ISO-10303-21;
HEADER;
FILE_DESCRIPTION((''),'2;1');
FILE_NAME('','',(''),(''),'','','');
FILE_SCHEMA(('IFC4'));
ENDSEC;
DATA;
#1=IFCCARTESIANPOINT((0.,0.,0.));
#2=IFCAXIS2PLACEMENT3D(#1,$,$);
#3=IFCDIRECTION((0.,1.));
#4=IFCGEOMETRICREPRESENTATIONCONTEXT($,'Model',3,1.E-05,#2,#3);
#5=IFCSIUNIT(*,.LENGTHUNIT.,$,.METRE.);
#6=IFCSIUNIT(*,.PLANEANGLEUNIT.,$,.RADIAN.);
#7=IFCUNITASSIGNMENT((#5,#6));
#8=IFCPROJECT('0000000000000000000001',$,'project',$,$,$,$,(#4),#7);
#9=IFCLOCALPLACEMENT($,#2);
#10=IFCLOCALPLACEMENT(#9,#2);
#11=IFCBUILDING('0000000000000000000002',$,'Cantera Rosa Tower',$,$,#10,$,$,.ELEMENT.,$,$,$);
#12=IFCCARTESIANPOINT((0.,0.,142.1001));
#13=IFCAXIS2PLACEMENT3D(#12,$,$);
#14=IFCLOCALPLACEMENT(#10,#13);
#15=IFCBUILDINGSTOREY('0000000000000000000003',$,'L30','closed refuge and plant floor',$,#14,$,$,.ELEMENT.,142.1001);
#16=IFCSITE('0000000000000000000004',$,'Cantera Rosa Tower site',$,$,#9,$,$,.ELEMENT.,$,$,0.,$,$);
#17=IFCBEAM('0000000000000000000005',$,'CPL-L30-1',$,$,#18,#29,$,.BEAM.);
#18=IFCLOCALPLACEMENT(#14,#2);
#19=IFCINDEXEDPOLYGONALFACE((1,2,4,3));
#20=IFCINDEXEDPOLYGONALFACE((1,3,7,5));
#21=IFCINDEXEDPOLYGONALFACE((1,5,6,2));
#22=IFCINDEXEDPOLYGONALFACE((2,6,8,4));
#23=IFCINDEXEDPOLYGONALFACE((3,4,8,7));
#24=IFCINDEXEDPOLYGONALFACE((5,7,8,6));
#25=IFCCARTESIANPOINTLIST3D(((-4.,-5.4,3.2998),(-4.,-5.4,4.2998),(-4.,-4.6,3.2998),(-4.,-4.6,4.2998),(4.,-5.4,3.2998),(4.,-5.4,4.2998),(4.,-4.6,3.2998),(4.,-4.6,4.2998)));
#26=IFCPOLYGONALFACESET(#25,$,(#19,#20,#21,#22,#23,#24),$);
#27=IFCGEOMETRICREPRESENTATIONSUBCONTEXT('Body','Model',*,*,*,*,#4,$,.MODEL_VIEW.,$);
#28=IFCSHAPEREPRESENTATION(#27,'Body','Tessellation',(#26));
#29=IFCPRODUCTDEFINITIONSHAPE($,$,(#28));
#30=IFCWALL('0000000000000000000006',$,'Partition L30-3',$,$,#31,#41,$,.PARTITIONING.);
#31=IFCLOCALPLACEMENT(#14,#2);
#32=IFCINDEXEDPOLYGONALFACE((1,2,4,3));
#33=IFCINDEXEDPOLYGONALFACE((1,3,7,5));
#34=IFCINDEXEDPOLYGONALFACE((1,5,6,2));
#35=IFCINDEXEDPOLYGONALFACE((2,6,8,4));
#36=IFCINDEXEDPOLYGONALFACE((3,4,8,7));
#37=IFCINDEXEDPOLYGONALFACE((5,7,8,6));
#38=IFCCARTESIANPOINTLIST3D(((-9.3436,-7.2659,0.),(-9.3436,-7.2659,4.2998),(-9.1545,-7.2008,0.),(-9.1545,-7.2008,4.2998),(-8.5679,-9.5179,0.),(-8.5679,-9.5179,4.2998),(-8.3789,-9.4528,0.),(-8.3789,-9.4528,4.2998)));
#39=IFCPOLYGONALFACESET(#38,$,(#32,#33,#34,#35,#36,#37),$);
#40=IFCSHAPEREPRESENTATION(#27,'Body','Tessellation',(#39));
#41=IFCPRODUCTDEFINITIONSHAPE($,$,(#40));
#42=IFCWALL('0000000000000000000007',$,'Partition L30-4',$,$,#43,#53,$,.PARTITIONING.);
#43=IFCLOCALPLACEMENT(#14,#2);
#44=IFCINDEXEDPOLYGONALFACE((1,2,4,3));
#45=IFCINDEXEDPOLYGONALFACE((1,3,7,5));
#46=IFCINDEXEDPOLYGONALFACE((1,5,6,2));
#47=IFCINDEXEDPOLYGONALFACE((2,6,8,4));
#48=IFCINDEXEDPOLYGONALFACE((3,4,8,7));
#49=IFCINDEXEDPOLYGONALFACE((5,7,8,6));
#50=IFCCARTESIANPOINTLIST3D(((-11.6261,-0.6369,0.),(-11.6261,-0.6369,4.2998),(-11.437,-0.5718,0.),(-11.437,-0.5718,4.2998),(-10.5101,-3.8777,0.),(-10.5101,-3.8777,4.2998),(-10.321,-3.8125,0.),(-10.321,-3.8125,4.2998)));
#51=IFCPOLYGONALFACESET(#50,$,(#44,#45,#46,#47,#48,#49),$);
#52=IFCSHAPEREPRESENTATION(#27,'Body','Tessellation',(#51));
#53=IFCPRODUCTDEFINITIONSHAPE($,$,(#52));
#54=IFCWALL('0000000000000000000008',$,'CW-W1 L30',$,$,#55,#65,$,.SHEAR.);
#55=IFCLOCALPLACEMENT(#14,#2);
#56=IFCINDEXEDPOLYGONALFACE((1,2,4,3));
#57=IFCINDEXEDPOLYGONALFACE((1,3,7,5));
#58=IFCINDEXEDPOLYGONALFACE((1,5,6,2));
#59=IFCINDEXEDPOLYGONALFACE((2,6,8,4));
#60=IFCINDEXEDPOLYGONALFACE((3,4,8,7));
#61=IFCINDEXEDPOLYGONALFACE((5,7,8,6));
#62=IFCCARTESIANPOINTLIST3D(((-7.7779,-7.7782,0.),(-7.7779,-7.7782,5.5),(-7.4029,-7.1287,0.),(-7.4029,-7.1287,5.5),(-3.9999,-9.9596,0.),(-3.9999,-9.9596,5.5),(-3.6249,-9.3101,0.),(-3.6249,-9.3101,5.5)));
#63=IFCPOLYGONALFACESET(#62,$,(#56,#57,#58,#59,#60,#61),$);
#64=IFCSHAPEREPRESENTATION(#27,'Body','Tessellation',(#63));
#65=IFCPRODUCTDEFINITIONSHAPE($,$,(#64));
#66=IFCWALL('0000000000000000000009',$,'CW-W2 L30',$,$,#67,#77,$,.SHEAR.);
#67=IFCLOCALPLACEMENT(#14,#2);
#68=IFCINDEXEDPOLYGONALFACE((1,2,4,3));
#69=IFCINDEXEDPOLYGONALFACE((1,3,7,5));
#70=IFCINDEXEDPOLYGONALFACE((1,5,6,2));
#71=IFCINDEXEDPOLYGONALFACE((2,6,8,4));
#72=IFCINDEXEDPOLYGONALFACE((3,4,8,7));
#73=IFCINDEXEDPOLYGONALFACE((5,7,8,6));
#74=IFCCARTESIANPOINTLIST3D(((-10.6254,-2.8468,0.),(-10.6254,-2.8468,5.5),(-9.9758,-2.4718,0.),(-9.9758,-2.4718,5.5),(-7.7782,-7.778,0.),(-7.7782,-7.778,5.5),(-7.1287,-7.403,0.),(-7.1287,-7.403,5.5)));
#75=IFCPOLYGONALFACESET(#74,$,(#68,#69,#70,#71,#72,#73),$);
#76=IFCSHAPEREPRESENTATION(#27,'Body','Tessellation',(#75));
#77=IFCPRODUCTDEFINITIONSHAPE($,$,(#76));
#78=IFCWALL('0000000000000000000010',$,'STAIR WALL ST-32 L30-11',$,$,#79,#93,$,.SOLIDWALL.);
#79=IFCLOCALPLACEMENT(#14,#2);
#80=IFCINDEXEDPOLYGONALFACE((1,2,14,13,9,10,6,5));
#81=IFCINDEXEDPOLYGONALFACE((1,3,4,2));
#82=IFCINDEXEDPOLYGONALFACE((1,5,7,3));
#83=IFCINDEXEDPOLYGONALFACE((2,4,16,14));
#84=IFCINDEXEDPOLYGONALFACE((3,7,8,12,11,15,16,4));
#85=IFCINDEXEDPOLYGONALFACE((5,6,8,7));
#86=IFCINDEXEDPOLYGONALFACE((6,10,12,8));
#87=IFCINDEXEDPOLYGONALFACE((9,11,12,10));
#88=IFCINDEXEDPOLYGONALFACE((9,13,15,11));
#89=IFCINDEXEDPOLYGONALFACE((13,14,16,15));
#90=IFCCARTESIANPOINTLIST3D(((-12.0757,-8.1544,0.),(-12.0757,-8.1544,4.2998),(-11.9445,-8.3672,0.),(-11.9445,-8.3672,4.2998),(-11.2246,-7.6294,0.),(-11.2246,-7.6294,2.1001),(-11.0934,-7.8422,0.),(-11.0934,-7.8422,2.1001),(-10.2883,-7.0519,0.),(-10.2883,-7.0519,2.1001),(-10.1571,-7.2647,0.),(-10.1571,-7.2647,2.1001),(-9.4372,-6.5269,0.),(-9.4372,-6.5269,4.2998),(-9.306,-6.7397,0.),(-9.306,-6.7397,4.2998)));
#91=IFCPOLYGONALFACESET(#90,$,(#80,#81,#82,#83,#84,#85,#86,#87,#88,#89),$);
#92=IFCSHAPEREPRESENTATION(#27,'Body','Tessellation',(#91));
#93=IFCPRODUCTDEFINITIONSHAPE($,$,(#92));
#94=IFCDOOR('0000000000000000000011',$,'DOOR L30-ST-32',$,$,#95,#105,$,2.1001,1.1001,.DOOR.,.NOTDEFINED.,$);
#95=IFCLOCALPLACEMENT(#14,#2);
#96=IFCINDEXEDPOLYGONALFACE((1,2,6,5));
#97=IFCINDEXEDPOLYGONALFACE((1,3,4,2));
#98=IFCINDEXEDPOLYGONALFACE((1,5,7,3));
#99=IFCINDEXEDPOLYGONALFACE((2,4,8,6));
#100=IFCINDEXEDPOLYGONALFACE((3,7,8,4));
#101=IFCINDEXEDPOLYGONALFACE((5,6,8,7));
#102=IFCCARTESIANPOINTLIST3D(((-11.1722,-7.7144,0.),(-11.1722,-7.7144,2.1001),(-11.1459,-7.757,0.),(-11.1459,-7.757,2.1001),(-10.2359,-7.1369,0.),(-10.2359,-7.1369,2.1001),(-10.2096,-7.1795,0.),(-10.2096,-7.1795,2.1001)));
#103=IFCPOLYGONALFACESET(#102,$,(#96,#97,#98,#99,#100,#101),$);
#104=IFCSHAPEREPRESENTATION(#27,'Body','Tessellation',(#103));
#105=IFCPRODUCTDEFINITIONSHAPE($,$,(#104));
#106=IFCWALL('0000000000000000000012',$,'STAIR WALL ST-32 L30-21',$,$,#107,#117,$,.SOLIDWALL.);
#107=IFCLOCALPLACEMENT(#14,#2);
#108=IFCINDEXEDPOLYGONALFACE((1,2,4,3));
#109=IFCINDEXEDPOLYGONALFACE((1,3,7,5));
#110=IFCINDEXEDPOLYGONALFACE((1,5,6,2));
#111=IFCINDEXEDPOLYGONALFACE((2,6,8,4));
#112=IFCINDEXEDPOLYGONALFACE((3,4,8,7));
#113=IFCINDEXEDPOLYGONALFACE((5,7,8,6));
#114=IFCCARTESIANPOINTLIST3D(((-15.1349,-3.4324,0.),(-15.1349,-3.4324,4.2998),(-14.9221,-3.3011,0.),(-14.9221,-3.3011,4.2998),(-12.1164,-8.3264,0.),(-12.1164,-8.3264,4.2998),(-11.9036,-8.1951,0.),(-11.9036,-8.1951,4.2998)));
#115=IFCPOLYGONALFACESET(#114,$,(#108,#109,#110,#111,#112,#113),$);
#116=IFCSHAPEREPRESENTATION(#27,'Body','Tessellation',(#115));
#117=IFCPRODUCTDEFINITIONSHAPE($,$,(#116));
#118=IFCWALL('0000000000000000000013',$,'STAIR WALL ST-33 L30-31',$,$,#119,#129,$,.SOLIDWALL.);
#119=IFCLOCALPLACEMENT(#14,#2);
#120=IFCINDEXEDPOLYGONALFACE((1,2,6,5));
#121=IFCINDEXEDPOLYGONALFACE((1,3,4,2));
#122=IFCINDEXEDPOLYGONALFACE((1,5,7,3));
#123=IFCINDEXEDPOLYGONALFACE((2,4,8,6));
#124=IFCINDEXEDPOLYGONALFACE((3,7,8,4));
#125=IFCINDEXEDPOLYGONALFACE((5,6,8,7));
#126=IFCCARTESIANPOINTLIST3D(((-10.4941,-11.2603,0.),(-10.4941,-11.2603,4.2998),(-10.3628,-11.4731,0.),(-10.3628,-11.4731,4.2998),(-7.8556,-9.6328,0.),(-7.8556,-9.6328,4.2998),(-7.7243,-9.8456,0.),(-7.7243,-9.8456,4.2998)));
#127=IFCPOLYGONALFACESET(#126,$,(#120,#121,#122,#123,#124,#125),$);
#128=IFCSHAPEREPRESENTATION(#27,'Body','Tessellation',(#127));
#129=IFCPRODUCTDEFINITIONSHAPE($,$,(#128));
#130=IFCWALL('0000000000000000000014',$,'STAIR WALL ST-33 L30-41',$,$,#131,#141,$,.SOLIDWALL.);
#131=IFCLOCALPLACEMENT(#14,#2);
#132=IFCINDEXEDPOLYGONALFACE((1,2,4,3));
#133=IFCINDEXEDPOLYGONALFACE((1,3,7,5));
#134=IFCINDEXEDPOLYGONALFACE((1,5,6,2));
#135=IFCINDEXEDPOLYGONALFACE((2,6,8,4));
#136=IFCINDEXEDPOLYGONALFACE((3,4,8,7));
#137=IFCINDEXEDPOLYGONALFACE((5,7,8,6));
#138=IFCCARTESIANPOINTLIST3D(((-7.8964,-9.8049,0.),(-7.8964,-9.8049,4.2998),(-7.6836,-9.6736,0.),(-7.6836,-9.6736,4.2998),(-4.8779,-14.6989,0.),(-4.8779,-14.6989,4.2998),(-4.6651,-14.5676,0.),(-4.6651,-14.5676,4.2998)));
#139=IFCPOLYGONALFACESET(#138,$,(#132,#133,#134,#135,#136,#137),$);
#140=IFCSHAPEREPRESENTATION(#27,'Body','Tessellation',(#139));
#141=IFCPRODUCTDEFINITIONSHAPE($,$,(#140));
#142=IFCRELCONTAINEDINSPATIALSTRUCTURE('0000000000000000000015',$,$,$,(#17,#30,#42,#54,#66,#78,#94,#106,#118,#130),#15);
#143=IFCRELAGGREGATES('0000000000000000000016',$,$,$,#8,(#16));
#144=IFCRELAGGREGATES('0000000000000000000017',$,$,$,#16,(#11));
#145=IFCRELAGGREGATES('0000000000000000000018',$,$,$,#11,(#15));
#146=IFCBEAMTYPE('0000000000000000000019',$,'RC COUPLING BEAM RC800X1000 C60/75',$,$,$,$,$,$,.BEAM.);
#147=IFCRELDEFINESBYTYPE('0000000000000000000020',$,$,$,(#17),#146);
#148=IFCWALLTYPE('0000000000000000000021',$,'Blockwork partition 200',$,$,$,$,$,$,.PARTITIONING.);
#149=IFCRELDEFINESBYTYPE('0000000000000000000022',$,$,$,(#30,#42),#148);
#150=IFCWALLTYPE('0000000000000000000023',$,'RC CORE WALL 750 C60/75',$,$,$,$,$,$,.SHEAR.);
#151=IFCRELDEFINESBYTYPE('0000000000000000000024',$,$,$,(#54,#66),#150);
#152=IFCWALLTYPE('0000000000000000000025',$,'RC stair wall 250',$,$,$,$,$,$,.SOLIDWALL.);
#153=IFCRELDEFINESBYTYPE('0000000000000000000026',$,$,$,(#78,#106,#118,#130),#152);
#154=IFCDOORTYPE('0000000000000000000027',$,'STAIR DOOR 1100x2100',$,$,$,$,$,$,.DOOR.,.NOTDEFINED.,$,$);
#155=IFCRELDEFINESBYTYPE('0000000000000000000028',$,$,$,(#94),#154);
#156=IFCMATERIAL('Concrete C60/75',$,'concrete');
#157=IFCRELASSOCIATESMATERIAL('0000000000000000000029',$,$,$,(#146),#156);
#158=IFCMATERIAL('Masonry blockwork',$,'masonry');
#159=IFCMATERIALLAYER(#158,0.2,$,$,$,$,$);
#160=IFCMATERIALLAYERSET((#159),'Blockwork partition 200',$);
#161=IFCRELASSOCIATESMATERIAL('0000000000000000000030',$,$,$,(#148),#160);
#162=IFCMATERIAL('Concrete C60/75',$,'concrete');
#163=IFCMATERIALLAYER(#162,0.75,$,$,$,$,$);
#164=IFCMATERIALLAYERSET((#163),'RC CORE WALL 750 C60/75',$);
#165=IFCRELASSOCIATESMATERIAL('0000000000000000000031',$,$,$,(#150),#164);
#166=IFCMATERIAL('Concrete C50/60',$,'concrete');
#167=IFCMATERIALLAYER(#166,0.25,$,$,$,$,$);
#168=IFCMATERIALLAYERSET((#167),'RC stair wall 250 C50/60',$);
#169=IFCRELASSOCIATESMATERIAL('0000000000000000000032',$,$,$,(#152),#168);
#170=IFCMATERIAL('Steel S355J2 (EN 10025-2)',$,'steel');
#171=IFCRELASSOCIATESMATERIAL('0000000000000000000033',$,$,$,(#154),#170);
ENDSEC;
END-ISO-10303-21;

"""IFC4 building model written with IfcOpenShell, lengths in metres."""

from ifc_helpers import new_model, si_unit, direction, frame, frame_2d, origin, origin_2d, place, context, subcontext, project, spatial, rectangle, extrude, material, layer, layer_set, material_profile, profile_set, type_object, element, fill, save


model = new_model("IFC4")

# Units and contexts
model_context = context("Model", 3, precision=1e-05, world=origin(), true_north=direction((0.0, 1.0)))
body_context = subcontext(model_context, "Body", "Model", "MODEL_VIEW")
ifc_project = project(units=[si_unit("LENGTHUNIT", "METRE"), si_unit("PLANEANGLEUNIT", "RADIAN")], contexts=[model_context])

# Site, building, storey
site_placement = place(None, origin())
site = spatial("IfcSite", under=ifc_project, at=site_placement, Name="Cantera Rosa Tower site", CompositionType="ELEMENT", RefElevation=0.0)
building_placement = place(site_placement, origin())
building = spatial("IfcBuilding", under=site, at=building_placement, Name="Cantera Rosa Tower", CompositionType="ELEMENT")
storey_placement = place(building_placement, frame((0.0, 0.0, 142.1001)))
storey = spatial("IfcBuildingStorey", under=building, at=storey_placement, Name="L30", Description="closed refuge and plant floor", CompositionType="ELEMENT", Elevation=142.1001)

# Beam
ifc_material_1 = material(Name="Concrete C60/75", Category="concrete")
ifc_material_profile = material_profile(ifc_material_1, rectangle(XDim=0.8, YDim=1.0, at=origin_2d()), Name="RC COUPLING BEAM RC800X1000 C60/75")
ifc_profile_set = profile_set([ifc_material_profile], Name="Concrete C60/75")
beam_type = type_object("IfcBeamType", Name="RC COUPLING BEAM RC800X1000 C60/75", PredefinedType="BEAM", material=ifc_profile_set)
beam_placement = place(storey_placement, frame((-4.0, -5.0, 3.7998), z_axis=(1.0, 0.0, 0.0), x_axis=(0.0, 1.0, 0.0)))
element("IfcBeam", 1, at=beam_placement, inside=storey, type_object=beam_type, Name="CPL-L30-1", PredefinedType="BEAM", context=body_context, shape_type="SweptSolid", body=[
    extrude(rectangle(XDim=0.8, YDim=1.0, at=origin_2d()), origin(), (0.0, 0.0, 1.0), 8.0),
])

# Walls
ifc_material_2 = material(Name="Masonry blockwork", Category="masonry")
ifc_layer_1 = layer(ifc_material_2, 0.2)
ifc_layer_set_1 = layer_set([ifc_layer_1], Name="Blockwork partition 200")
wall_type_1 = type_object("IfcWallType", Name="Blockwork partition 200", PredefinedType="PARTITIONING", material=ifc_layer_set_1)
wall_1_placement = place(storey_placement, frame((-8.4734, -9.4854, 0.0), z_axis=(0.0, 0.0, 1.0), x_axis=(-0.325653, 0.945489, 0.0)))
element("IfcWall", 2, at=wall_1_placement, inside=storey, type_object=wall_type_1, Name="Partition L30-3", PredefinedType="PARTITIONING", context=body_context, shape_type="SweptSolid", body=[
    extrude(rectangle(XDim=2.3818, YDim=0.2, at=frame_2d((1.1909, 0.0))), origin(), (0.0, 0.0, 1.0), 4.2998),
])
wall_2_placement = place(storey_placement, frame((-10.4155, -3.8452, 0.0), z_axis=(0.0, 0.0, 1.0), x_axis=(-0.325593, 0.94551, 0.0)))
element("IfcWall", 3, at=wall_2_placement, inside=storey, type_object=wall_type_1, Name="Partition L30-4", PredefinedType="PARTITIONING", context=body_context, shape_type="SweptSolid", body=[
    extrude(rectangle(XDim=3.4275, YDim=0.2, at=frame_2d((1.7139, 0.0))), origin(), (0.0, 0.0, 1.0), 4.2998),
])
ifc_material_3 = material(Name="Concrete C60/75", Category="concrete")
ifc_layer_2 = layer(ifc_material_3, 0.75)
ifc_layer_set_2 = layer_set([ifc_layer_2], Name="RC CORE WALL 750 C60/75")
wall_type_2 = type_object("IfcWallType", Name="RC CORE WALL 750 C60/75", PredefinedType="SHEAR", material=ifc_layer_set_2)
wall_3_placement = place(storey_placement, frame((-3.8125, -9.6348, 0.0), z_axis=(0.0, 0.0, 1.0), x_axis=(-0.866013, 0.500021, 0.0)))
element("IfcWall", 4, at=wall_3_placement, inside=storey, type_object=wall_type_2, Name="CW-W1 L30", PredefinedType="SHEAR", context=body_context, shape_type="SweptSolid", body=[
    extrude(rectangle(XDim=4.3625, YDim=0.75, at=frame_2d((2.1812, 0.0))), origin(), (0.0, 0.0, 1.0), 5.5),
])
wall_4_placement = place(storey_placement, frame((-7.4534, -7.5906, 0.0), z_axis=(0.0, 0.0, 1.0), x_axis=(-0.500022, 0.866013, 0.0)))
element("IfcWall", 5, at=wall_4_placement, inside=storey, type_object=wall_type_2, Name="CW-W2 L30", PredefinedType="SHEAR", context=body_context, shape_type="SweptSolid", body=[
    extrude(rectangle(XDim=5.6941, YDim=0.75, at=frame_2d((2.8472, 0.0))), origin(), (0.0, 0.0, 1.0), 5.5),
])

# Wall, opening, door
ifc_material_4 = material(Name="Concrete C50/60", Category="concrete")
ifc_layer_3 = layer(ifc_material_4, 0.25)
ifc_layer_set_3 = layer_set([ifc_layer_3], Name="RC stair wall 250 C50/60")
wall_type_3 = type_object("IfcWallType", Name="RC stair wall 250", PredefinedType="SOLIDWALL", material=ifc_layer_set_3)
wall_5_placement = place(storey_placement, frame((-9.3716, -6.6333, 0.0), z_axis=(0.0, 0.0, 1.0), x_axis=(-0.851112, -0.524985, 0.0)))
wall_5 = element("IfcWall", 6, at=wall_5_placement, inside=storey, type_object=wall_type_3, Name="STAIR WALL ST-32 L30-11", PredefinedType="SOLIDWALL", context=body_context, shape_type="SweptSolid", body=[
    extrude(rectangle(XDim=3.1001, YDim=0.25, at=frame_2d((1.55, 0.0))), origin(), (0.0, 0.0, 1.0), 4.2998),
])
opening_placement = place(wall_5_placement, frame((1.0, 0.0, 0.0)))
opening = element("IfcOpeningElement", 7, at=opening_placement, cuts=wall_5, PredefinedType="OPENING", context=body_context, shape_type="SweptSolid", body=[
    extrude(rectangle(XDim=1.1001, YDim=2.1001, at=frame_2d((0.55, 1.05))), frame((0.0, 0.135, 0.0), z_axis=(0.0, -1.0, 0.0), x_axis=(1.0, 0.0, 0.0)), (0.0, 0.0, 1.0), 0.27),
])
ifc_material_5 = material(Name="Steel S355J2 (EN 10025-2)", Category="steel")
door_type = type_object("IfcDoorType", Name="STAIR DOOR 1100x2100", OperationType="NOTDEFINED", PredefinedType="DOOR", material=ifc_material_5)
door_placement = place(opening_placement, origin())
door = element("IfcDoor", 8, at=door_placement, inside=storey, type_object=door_type, Name="DOOR L30-ST-32", OperationType="NOTDEFINED", OverallHeight=2.1001, OverallWidth=1.1001, PredefinedType="DOOR", context=body_context, shape_type="SweptSolid", body=[
    extrude(rectangle(XDim=1.1001, YDim=2.1001, at=frame_2d((0.55, 1.05))), frame((0.0, 0.0249, 0.0), z_axis=(0.0, -1.0, 0.0), x_axis=(1.0, 0.0, 0.0)), (0.0, 0.0, 1.0), 0.05),
])
fill(opening, door)

# Walls
wall_6_placement = place(storey_placement, frame((-12.01, -8.2607, 0.0), z_axis=(0.0, 0.0, 1.0), x_axis=(-0.524959, 0.851127, 0.0)))
element("IfcWall", 9, at=wall_6_placement, inside=storey, type_object=wall_type_3, Name="STAIR WALL ST-32 L30-21", PredefinedType="SOLIDWALL", context=body_context, shape_type="SweptSolid", body=[
    extrude(rectangle(XDim=5.75, YDim=0.25, at=frame_2d((2.875, 0.0))), origin(), (0.0, 0.0, 1.0), 4.2998),
])
wall_7_placement = place(storey_placement, frame((-10.4285, -11.3667, 0.0), z_axis=(0.0, 0.0, 1.0), x_axis=(0.851112, 0.524985, 0.0)))
element("IfcWall", 10, at=wall_7_placement, inside=storey, type_object=wall_type_3, Name="STAIR WALL ST-33 L30-31", PredefinedType="SOLIDWALL", context=body_context, shape_type="SweptSolid", body=[
    extrude(rectangle(XDim=3.1001, YDim=0.25, at=frame_2d((1.55, 0.0))), origin(), (0.0, 0.0, 1.0), 4.2998),
])
wall_8_placement = place(storey_placement, frame((-7.79, -9.7393, 0.0), z_axis=(0.0, 0.0, 1.0), x_axis=(0.524959, -0.851127, 0.0)))
element("IfcWall", 11, at=wall_8_placement, inside=storey, type_object=wall_type_3, Name="STAIR WALL ST-33 L30-41", PredefinedType="SOLIDWALL", context=body_context, shape_type="SweptSolid", body=[
    extrude(rectangle(XDim=5.75, YDim=0.25, at=frame_2d((2.875, 0.0))), origin(), (0.0, 0.0, 1.0), 4.2998),
])

save(model, "model.ifc")
